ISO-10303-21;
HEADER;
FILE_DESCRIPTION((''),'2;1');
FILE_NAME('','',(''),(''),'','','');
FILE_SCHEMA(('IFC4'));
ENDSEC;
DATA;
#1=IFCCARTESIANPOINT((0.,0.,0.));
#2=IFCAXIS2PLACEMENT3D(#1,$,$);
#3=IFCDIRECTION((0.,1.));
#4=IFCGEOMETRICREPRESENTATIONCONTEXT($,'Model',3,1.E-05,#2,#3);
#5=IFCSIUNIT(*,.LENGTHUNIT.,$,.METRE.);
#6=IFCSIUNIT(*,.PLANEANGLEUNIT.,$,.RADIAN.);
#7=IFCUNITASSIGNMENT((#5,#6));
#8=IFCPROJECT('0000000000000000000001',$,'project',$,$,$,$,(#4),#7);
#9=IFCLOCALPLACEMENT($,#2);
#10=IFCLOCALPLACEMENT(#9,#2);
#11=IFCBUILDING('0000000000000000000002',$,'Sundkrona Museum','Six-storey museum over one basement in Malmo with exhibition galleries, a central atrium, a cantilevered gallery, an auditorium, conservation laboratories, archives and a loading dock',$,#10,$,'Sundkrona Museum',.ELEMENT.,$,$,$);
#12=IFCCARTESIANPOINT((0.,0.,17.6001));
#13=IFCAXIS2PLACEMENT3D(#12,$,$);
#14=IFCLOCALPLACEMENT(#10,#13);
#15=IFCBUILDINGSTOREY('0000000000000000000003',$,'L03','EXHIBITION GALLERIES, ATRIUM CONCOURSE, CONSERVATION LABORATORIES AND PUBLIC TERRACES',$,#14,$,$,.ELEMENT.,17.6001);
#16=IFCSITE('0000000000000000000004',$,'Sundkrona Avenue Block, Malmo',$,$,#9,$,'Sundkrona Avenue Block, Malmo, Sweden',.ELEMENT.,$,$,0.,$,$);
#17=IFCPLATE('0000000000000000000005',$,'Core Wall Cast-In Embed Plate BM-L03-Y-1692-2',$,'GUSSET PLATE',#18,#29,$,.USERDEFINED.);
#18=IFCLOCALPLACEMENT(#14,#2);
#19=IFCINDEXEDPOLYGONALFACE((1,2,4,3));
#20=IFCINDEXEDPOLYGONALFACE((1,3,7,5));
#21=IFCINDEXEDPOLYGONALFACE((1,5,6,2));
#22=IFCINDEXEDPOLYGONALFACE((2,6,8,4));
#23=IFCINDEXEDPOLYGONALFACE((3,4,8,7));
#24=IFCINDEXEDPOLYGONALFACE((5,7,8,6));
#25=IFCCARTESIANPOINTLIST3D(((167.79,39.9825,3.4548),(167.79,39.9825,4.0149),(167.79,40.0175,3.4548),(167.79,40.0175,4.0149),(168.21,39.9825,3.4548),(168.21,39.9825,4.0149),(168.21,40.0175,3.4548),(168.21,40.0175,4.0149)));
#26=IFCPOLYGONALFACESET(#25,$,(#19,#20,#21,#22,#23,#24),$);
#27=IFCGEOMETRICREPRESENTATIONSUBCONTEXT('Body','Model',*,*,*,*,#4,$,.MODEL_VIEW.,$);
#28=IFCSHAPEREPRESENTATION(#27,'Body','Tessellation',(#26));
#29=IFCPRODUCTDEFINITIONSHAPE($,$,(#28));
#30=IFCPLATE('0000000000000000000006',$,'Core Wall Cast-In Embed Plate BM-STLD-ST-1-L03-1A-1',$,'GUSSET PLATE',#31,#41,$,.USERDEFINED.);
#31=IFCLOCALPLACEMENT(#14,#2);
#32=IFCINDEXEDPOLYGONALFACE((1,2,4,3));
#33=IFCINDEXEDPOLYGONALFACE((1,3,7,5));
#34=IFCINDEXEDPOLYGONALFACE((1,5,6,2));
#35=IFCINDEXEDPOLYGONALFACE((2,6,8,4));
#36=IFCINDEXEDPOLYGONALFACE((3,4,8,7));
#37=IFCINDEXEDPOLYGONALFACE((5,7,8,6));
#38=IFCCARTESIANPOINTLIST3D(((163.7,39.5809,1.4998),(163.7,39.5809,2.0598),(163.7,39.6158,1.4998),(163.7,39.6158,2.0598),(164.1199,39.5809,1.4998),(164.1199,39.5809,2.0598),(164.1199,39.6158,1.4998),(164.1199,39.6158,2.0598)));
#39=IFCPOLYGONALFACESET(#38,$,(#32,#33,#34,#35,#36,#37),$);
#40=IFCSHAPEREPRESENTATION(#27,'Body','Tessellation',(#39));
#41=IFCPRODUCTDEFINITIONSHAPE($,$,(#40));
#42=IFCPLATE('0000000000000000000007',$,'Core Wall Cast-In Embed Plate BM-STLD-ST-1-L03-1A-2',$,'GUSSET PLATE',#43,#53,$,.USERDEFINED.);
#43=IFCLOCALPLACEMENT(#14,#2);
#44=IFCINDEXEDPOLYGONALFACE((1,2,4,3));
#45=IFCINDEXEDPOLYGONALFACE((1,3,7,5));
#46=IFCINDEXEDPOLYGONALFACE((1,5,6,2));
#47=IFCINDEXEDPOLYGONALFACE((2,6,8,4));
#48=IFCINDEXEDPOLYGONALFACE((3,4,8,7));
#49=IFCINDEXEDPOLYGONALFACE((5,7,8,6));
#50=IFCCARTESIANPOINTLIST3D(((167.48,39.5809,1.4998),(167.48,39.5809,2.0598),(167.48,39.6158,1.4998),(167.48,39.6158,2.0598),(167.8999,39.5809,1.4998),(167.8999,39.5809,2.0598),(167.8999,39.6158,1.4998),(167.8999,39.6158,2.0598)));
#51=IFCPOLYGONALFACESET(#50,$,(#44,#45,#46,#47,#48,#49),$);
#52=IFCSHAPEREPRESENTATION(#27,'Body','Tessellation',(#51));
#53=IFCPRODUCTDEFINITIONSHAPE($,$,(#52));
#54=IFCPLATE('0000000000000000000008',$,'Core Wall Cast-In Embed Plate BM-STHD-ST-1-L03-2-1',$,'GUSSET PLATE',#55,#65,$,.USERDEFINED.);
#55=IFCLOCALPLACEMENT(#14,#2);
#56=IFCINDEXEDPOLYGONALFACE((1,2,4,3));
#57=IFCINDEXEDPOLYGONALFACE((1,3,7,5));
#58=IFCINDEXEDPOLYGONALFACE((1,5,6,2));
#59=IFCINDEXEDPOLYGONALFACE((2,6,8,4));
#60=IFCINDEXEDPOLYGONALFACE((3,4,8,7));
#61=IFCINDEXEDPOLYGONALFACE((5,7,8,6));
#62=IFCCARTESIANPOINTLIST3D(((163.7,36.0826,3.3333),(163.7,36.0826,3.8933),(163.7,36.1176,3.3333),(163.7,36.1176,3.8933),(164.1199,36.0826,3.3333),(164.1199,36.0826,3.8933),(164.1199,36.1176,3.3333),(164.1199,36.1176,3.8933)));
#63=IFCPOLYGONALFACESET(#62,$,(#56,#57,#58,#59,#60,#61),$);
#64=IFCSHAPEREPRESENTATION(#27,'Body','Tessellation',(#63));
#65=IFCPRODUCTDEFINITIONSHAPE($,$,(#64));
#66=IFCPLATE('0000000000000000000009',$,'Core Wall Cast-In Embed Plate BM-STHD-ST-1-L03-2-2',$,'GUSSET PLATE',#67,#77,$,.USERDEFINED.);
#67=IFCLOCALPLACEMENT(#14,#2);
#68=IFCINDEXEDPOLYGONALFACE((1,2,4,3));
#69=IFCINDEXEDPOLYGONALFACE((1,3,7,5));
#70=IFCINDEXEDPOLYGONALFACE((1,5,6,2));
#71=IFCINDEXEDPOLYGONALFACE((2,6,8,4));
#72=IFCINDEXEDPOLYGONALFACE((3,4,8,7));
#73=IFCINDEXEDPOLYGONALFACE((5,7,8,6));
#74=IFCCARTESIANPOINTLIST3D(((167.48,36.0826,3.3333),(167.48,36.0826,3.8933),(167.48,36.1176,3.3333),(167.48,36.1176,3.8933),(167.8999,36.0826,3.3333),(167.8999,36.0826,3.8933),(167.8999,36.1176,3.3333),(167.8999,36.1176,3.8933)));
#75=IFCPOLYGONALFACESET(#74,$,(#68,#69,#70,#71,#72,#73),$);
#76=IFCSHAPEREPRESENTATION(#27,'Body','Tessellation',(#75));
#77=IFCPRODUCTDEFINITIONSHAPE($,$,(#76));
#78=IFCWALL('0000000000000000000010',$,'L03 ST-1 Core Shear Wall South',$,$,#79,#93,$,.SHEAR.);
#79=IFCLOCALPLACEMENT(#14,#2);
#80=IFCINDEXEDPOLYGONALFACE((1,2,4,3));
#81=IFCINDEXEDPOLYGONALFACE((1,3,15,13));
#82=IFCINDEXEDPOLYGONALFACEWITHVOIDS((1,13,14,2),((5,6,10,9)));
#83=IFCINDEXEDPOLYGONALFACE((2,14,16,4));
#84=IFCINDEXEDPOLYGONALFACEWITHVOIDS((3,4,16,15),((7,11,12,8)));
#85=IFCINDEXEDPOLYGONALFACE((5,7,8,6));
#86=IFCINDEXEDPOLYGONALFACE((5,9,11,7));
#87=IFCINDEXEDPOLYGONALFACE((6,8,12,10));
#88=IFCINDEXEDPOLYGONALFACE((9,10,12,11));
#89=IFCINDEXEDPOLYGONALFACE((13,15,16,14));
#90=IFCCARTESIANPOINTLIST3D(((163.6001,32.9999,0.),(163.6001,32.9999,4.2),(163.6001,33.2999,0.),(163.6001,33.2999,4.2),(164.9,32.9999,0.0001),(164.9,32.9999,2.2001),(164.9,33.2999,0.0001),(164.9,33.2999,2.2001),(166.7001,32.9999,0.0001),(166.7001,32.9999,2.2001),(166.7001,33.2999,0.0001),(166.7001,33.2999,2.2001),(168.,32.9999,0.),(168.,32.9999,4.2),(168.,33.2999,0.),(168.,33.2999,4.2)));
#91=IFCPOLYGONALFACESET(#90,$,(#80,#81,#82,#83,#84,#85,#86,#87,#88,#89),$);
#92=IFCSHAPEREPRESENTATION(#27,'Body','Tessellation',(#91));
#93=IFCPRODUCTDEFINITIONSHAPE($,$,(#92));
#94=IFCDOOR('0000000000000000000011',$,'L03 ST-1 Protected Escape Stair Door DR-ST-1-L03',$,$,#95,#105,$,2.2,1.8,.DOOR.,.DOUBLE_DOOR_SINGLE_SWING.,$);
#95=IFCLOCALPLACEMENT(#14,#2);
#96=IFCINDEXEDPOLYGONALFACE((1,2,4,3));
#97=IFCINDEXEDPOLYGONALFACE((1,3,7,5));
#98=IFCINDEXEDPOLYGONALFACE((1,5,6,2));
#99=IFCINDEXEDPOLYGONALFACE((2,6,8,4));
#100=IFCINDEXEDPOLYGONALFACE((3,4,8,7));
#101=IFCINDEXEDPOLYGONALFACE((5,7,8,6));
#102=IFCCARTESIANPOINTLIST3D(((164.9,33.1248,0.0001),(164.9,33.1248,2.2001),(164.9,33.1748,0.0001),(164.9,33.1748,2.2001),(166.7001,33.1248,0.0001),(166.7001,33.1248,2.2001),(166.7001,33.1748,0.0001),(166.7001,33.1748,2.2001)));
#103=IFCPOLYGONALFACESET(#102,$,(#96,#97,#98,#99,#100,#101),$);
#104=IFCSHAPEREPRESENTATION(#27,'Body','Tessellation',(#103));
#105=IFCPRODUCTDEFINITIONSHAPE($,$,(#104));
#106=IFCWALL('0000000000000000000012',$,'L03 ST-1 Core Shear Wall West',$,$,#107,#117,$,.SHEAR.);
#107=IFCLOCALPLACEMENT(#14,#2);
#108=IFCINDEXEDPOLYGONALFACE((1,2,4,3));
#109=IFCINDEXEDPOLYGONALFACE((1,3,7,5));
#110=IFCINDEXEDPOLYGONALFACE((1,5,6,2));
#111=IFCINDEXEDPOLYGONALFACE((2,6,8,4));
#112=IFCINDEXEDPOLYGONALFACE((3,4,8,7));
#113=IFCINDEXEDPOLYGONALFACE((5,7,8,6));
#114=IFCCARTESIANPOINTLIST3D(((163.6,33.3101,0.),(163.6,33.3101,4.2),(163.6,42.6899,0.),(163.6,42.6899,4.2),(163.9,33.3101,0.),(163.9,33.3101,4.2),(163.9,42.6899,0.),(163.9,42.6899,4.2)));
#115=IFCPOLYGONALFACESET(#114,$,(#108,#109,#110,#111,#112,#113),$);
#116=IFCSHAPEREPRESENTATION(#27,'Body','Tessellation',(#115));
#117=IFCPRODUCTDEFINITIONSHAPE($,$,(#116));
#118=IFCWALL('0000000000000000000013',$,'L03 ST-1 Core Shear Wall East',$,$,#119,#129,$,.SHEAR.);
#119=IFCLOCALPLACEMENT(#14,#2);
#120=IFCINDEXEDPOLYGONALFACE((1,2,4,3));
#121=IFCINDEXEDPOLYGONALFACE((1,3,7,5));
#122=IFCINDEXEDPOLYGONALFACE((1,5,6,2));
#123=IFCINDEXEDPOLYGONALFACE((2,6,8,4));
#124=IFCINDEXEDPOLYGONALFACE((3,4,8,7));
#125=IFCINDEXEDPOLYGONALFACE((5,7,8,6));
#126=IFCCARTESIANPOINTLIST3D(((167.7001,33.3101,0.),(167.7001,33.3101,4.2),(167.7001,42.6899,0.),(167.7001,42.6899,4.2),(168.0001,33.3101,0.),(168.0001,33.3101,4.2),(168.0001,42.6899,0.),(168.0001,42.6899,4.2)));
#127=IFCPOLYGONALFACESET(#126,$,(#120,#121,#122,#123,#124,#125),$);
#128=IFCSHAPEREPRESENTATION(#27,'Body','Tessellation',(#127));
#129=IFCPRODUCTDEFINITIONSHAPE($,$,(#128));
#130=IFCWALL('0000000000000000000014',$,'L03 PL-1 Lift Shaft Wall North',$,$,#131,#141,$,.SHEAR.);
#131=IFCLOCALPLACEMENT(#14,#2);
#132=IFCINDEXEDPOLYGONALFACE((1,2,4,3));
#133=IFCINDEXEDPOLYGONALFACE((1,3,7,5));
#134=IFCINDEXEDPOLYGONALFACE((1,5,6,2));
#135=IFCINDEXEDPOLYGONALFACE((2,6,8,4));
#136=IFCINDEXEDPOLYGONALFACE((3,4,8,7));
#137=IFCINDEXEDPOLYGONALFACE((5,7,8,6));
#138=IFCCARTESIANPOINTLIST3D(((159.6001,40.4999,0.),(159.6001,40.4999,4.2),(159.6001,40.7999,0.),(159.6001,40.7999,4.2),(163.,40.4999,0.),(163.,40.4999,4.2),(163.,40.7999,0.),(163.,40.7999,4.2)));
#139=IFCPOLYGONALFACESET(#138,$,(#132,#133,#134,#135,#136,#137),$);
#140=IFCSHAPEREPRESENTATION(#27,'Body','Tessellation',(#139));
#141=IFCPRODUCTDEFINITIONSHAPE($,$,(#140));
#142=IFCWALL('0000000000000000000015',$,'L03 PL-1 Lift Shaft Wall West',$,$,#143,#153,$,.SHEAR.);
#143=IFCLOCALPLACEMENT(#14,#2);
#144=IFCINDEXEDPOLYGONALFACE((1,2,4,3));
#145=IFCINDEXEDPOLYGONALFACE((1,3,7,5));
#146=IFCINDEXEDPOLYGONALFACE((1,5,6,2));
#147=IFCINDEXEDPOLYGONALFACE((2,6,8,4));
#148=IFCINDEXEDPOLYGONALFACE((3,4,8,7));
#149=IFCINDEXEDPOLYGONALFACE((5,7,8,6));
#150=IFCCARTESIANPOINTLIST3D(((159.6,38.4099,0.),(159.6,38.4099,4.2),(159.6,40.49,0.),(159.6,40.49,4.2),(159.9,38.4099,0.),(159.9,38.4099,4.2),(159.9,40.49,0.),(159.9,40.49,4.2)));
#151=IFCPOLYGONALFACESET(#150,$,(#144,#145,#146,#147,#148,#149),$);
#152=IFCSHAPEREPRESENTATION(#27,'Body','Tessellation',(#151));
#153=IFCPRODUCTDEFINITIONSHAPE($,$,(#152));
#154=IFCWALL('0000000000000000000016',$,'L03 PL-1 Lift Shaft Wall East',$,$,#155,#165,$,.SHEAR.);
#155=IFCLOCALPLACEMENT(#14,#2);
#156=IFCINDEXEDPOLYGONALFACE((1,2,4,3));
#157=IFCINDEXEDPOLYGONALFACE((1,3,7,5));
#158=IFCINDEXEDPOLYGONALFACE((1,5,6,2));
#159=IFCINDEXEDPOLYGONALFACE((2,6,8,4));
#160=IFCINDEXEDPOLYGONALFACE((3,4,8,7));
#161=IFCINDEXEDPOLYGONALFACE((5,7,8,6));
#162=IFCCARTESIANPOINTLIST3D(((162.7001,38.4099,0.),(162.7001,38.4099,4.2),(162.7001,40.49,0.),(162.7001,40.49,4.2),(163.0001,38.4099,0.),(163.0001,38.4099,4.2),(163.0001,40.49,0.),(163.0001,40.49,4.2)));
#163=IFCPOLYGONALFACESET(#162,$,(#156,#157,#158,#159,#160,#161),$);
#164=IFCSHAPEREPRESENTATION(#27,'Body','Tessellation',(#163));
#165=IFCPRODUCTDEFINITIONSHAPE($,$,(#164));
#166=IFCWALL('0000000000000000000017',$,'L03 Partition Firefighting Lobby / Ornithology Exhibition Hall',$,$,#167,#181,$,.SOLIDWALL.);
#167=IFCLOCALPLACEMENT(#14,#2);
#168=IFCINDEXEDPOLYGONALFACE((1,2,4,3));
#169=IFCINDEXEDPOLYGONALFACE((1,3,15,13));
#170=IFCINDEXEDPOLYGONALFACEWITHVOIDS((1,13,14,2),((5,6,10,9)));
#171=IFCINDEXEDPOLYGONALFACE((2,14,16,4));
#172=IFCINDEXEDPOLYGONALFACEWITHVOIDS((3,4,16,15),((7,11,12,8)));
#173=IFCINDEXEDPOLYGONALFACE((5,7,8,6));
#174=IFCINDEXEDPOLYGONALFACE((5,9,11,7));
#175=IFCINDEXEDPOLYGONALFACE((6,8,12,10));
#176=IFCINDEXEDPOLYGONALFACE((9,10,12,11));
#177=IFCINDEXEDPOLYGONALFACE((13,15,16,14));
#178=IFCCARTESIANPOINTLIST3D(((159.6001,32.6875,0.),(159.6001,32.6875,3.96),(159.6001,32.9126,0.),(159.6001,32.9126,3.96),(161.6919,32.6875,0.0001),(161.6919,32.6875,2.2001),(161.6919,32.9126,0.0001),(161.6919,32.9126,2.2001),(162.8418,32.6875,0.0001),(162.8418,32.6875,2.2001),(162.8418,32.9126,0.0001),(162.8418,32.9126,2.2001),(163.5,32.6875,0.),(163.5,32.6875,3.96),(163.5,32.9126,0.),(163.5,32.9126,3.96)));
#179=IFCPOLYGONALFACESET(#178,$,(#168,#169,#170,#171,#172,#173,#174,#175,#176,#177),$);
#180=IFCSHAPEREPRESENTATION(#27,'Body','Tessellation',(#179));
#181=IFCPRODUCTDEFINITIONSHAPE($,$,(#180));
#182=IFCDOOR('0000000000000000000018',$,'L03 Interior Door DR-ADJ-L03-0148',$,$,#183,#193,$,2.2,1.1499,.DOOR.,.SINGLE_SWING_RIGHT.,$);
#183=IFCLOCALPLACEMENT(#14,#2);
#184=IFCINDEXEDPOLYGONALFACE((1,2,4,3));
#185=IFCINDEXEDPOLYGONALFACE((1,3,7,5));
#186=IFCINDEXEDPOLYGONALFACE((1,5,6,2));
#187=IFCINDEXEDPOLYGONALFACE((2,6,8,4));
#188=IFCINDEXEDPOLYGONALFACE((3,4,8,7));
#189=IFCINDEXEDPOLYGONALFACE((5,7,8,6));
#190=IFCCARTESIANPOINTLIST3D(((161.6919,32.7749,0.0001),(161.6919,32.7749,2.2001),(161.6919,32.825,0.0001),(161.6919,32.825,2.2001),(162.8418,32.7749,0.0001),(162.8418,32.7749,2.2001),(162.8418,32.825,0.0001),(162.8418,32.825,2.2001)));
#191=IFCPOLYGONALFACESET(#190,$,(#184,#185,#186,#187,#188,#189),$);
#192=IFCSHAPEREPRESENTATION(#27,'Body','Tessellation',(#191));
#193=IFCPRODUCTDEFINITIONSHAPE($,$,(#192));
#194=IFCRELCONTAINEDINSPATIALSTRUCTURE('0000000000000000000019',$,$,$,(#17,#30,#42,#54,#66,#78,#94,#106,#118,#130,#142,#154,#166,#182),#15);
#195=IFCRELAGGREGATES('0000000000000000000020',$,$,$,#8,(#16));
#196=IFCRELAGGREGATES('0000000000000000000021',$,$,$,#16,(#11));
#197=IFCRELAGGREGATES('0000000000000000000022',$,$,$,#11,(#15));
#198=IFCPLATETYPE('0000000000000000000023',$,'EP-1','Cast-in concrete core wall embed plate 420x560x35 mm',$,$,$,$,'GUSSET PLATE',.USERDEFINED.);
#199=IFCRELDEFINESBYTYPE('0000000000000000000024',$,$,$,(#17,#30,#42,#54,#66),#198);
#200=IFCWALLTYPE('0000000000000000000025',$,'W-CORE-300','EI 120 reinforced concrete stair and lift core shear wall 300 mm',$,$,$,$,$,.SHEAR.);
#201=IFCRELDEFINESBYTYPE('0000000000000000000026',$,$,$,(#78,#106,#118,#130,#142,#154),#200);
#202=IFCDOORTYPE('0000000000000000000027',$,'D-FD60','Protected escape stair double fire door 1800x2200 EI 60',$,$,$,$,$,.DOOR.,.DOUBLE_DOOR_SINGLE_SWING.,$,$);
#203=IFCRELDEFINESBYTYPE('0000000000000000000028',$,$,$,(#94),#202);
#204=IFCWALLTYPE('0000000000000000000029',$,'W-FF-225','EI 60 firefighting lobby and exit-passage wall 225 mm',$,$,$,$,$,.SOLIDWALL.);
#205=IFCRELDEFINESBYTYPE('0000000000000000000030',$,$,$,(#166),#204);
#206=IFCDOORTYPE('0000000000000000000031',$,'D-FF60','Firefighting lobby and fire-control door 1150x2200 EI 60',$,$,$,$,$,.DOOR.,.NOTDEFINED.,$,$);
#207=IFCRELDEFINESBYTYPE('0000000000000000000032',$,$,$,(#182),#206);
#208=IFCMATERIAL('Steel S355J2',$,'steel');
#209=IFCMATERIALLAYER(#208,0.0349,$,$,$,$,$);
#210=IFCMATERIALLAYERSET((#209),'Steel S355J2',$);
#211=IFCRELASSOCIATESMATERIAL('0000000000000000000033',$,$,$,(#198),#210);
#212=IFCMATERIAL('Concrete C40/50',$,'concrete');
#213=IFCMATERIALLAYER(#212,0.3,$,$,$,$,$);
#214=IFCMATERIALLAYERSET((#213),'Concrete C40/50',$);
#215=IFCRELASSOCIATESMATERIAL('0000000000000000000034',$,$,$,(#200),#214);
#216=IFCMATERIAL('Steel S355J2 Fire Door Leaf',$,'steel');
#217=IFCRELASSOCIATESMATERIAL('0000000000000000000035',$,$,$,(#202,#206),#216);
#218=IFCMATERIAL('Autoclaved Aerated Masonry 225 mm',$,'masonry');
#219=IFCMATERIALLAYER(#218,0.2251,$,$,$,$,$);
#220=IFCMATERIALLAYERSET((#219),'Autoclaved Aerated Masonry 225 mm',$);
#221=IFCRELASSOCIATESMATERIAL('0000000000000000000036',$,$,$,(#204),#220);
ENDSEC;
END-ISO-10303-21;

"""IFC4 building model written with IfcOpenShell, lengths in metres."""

from ifc_helpers import new_model, si_unit, direction, frame, frame_2d, origin, origin_2d, place, context, subcontext, project, spatial, rectangle, extrude, material, layer, layer_set, type_object, element, fill, save


model = new_model("IFC4")

# Units and contexts
model_context = context("Model", 3, precision=1e-05, world=origin(), true_north=direction((0.0, 1.0)))
body_context = subcontext(model_context, "Body", "Model", "MODEL_VIEW")
ifc_project = project(units=[si_unit("LENGTHUNIT", "METRE"), si_unit("PLANEANGLEUNIT", "RADIAN")], contexts=[model_context])

# Site, building, storey
site_placement = place(None, origin())
site = spatial("IfcSite", under=ifc_project, at=site_placement, Name="Sundkrona Avenue Block, Malmo", LongName="Sundkrona Avenue Block, Malmo, Sweden", CompositionType="ELEMENT", RefElevation=0.0)
building_placement = place(site_placement, origin())
building = spatial("IfcBuilding", under=site, at=building_placement, Name="Sundkrona Museum", Description="Six-storey museum over one basement in Malmo with exhibition galleries, a central atrium, a cantilevered gallery, an auditorium, conservation laboratories, archives and a loading dock", LongName="Sundkrona Museum", CompositionType="ELEMENT")
storey_placement = place(building_placement, frame((0.0, 0.0, 17.6001)))
storey = spatial("IfcBuildingStorey", under=building, at=storey_placement, Name="L03", Description="EXHIBITION GALLERIES, ATRIUM CONCOURSE, CONSERVATION LABORATORIES AND PUBLIC TERRACES", CompositionType="ELEMENT", Elevation=17.6001)

# Shared definitions
ifc_material_1 = material(Name="Steel S355J2", Category="steel")

# Plates
ifc_layer_1 = layer(ifc_material_1, 0.0349)
ifc_layer_set_1 = layer_set([ifc_layer_1], Name="Steel S355J2")
plate_type = type_object("IfcPlateType", Name="EP-1", Description="Cast-in concrete core wall embed plate 420x560x35 mm", ElementType="GUSSET PLATE", PredefinedType="USERDEFINED", material=ifc_layer_set_1)
for number, where, z_axis, x_axis, name in (
    (1, (168.0, 40.0, 3.4548), (0.0, 0.0, 1.0), (1.0, 0.0, 0.0), "Core Wall Cast-In Embed Plate BM-L03-Y-1692-2"),
    (2, (163.9099, 39.5984, 1.4998), (0.0, 0.0, 1.0), (1.0, 0.0, 0.0), "Core Wall Cast-In Embed Plate BM-STLD-ST-1-L03-1A-1"),
    (3, (167.6899, 39.5984, 1.4998), (0.0, 0.0, 1.0), (1.0, 0.0, 0.0), "Core Wall Cast-In Embed Plate BM-STLD-ST-1-L03-1A-2"),
    (4, (163.9099, 36.1001, 3.3333), (0.0, 0.0, 1.0), (1.0, 0.0, 0.0), "Core Wall Cast-In Embed Plate BM-STHD-ST-1-L03-2-1"),
    (5, (167.6899, 36.1001, 3.3333), (0.0, 0.0, 1.0), (1.0, 0.0, 0.0), "Core Wall Cast-In Embed Plate BM-STHD-ST-1-L03-2-2"),
):
    element("IfcPlate", number, at=place(storey_placement, frame(where, z_axis=z_axis, x_axis=x_axis)), inside=storey, type_object=plate_type, Name=name, ObjectType="GUSSET PLATE", PredefinedType="USERDEFINED", context=body_context, shape_type="SweptSolid", body=[
        extrude(rectangle(XDim=0.4199, YDim=0.0349, at=origin_2d()), origin(), (0.0, 0.0, 1.0), 0.5601),
    ])

# Wall, opening, door
ifc_material_2 = material(Name="Concrete C40/50", Category="concrete")
ifc_layer_2 = layer(ifc_material_2, 0.3)
ifc_layer_set_2 = layer_set([ifc_layer_2], Name="Concrete C40/50")
wall_type_1 = type_object("IfcWallType", Name="W-CORE-300", Description="EI 120 reinforced concrete stair and lift core shear wall 300 mm", PredefinedType="SHEAR", material=ifc_layer_set_2)
wall_1_placement = place(storey_placement, frame((163.6001, 33.1499, 0.0), z_axis=(0.0, 0.0, 1.0), x_axis=(1.0, 0.0, 0.0)))
wall_1 = element("IfcWall", 6, at=wall_1_placement, inside=storey, type_object=wall_type_1, Name="L03 ST-1 Core Shear Wall South", PredefinedType="SHEAR", context=body_context, shape_type="SweptSolid", body=[
    extrude(rectangle(XDim=4.3999, YDim=0.3, at=frame_2d((2.2, 0.0))), origin(), (0.0, 0.0, 1.0), 4.2),
])
opening_1_placement = place(wall_1_placement, frame((1.3, 0.0, 0.0)))
opening_1 = element("IfcOpeningElement", 7, at=opening_1_placement, cuts=wall_1, PredefinedType="OPENING", context=body_context, shape_type="SweptSolid", body=[
    extrude(rectangle(XDim=1.8, YDim=2.2, at=frame_2d((0.8999, 1.1001))), frame((0.0, 0.1599, 0.0), z_axis=(0.0, -1.0, 0.0), x_axis=(1.0, 0.0, 0.0)), (0.0, 0.0, 1.0), 0.3201),
])
ifc_material_3 = material(Name="Steel S355J2 Fire Door Leaf", Category="steel")
door_type_1 = type_object("IfcDoorType", Name="D-FD60", Description="Protected escape stair double fire door 1800x2200 EI 60", OperationType="DOUBLE_DOOR_SINGLE_SWING", PredefinedType="DOOR", material=ifc_material_3)
door_1_placement = place(opening_1_placement, origin())
door_1 = element("IfcDoor", 8, at=door_1_placement, inside=storey, type_object=door_type_1, Name="L03 ST-1 Protected Escape Stair Door DR-ST-1-L03", OperationType="DOUBLE_DOOR_SINGLE_SWING", OverallHeight=2.2, OverallWidth=1.8, PredefinedType="DOOR", context=body_context, shape_type="SweptSolid", body=[
    extrude(rectangle(XDim=1.8, YDim=2.2, at=frame_2d((0.8999, 1.1001))), frame((0.0, 0.0249, 0.0), z_axis=(0.0, -1.0, 0.0), x_axis=(1.0, 0.0, 0.0)), (0.0, 0.0, 1.0), 0.05),
])
fill(opening_1, door_1)

# Walls
for number, where, z_axis, x_axis, name in (
    (9, (163.75, 33.3101, 0.0), (0.0, 0.0, 1.0), (0.0, 1.0, 0.0), "L03 ST-1 Core Shear Wall West"),
    (10, (167.8501, 33.3101, 0.0), (0.0, 0.0, 1.0), (0.0, 1.0, 0.0), "L03 ST-1 Core Shear Wall East"),
):
    element("IfcWall", number, at=place(storey_placement, frame(where, z_axis=z_axis, x_axis=x_axis)), inside=storey, type_object=wall_type_1, Name=name, PredefinedType="SHEAR", context=body_context, shape_type="SweptSolid", body=[
        extrude(rectangle(XDim=9.3799, YDim=0.3, at=frame_2d((4.6899, 0.0))), origin(), (0.0, 0.0, 1.0), 4.2),
    ])

# Walls
wall_2_placement = place(storey_placement, frame((159.6001, 40.6499, 0.0), z_axis=(0.0, 0.0, 1.0), x_axis=(1.0, 0.0, 0.0)))
element("IfcWall", 11, at=wall_2_placement, inside=storey, type_object=wall_type_1, Name="L03 PL-1 Lift Shaft Wall North", PredefinedType="SHEAR", context=body_context, shape_type="SweptSolid", body=[
    extrude(rectangle(XDim=3.3999, YDim=0.3, at=frame_2d((1.7, 0.0))), origin(), (0.0, 0.0, 1.0), 4.2),
])
for number, where, z_axis, x_axis, name in (
    (12, (159.75, 38.4099, 0.0), (0.0, 0.0, 1.0), (0.0, 1.0, 0.0), "L03 PL-1 Lift Shaft Wall West"),
    (13, (162.8501, 38.4099, 0.0), (0.0, 0.0, 1.0), (0.0, 1.0, 0.0), "L03 PL-1 Lift Shaft Wall East"),
):
    element("IfcWall", number, at=place(storey_placement, frame(where, z_axis=z_axis, x_axis=x_axis)), inside=storey, type_object=wall_type_1, Name=name, PredefinedType="SHEAR", context=body_context, shape_type="SweptSolid", body=[
        extrude(rectangle(XDim=2.0801, YDim=0.3, at=frame_2d((1.04, 0.0))), origin(), (0.0, 0.0, 1.0), 4.2),
    ])

# Wall, opening, door
ifc_material_4 = material(Name="Autoclaved Aerated Masonry 225 mm", Category="masonry")
ifc_layer_3 = layer(ifc_material_4, 0.2251)
ifc_layer_set_3 = layer_set([ifc_layer_3], Name="Autoclaved Aerated Masonry 225 mm")
wall_type_2 = type_object("IfcWallType", Name="W-FF-225", Description="EI 60 firefighting lobby and exit-passage wall 225 mm", PredefinedType="SOLIDWALL", material=ifc_layer_set_3)
wall_3_placement = place(storey_placement, frame((159.6001, 32.8, 0.0), z_axis=(0.0, 0.0, 1.0), x_axis=(1.0, 0.0, 0.0)))
wall_3 = element("IfcWall", 14, at=wall_3_placement, inside=storey, type_object=wall_type_2, Name="L03 Partition Firefighting Lobby / Ornithology Exhibition Hall", PredefinedType="SOLIDWALL", context=body_context, shape_type="SweptSolid", body=[
    extrude(rectangle(XDim=3.8999, YDim=0.2251, at=frame_2d((1.95, 0.0))), origin(), (0.0, 0.0, 1.0), 3.96),
])
opening_2_placement = place(wall_3_placement, frame((2.0918, 0.0, 0.0)))
opening_2 = element("IfcOpeningElement", 15, at=opening_2_placement, cuts=wall_3, PredefinedType="OPENING", context=body_context, shape_type="SweptSolid", body=[
    extrude(rectangle(XDim=1.1499, YDim=2.2, at=frame_2d((0.575, 1.1001))), frame((0.0, 0.1226, 0.0), z_axis=(0.0, -1.0, 0.0), x_axis=(1.0, 0.0, 0.0)), (0.0, 0.0, 1.0), 0.2451),
])
door_type_2 = type_object("IfcDoorType", Name="D-FF60", Description="Firefighting lobby and fire-control door 1150x2200 EI 60", OperationType="NOTDEFINED", PredefinedType="DOOR", material=ifc_material_3)
door_2_placement = place(opening_2_placement, origin())
door_2 = element("IfcDoor", 16, at=door_2_placement, inside=storey, type_object=door_type_2, Name="L03 Interior Door DR-ADJ-L03-0148", OperationType="SINGLE_SWING_RIGHT", OverallHeight=2.2, OverallWidth=1.1499, PredefinedType="DOOR", context=body_context, shape_type="SweptSolid", body=[
    extrude(rectangle(XDim=1.1499, YDim=2.2, at=frame_2d((0.575, 1.1001))), frame((0.0, 0.0249, 0.0), z_axis=(0.0, -1.0, 0.0), x_axis=(1.0, 0.0, 0.0)), (0.0, 0.0, 1.0), 0.05),
])
fill(opening_2, door_2)

save(model, "model.ifc")
